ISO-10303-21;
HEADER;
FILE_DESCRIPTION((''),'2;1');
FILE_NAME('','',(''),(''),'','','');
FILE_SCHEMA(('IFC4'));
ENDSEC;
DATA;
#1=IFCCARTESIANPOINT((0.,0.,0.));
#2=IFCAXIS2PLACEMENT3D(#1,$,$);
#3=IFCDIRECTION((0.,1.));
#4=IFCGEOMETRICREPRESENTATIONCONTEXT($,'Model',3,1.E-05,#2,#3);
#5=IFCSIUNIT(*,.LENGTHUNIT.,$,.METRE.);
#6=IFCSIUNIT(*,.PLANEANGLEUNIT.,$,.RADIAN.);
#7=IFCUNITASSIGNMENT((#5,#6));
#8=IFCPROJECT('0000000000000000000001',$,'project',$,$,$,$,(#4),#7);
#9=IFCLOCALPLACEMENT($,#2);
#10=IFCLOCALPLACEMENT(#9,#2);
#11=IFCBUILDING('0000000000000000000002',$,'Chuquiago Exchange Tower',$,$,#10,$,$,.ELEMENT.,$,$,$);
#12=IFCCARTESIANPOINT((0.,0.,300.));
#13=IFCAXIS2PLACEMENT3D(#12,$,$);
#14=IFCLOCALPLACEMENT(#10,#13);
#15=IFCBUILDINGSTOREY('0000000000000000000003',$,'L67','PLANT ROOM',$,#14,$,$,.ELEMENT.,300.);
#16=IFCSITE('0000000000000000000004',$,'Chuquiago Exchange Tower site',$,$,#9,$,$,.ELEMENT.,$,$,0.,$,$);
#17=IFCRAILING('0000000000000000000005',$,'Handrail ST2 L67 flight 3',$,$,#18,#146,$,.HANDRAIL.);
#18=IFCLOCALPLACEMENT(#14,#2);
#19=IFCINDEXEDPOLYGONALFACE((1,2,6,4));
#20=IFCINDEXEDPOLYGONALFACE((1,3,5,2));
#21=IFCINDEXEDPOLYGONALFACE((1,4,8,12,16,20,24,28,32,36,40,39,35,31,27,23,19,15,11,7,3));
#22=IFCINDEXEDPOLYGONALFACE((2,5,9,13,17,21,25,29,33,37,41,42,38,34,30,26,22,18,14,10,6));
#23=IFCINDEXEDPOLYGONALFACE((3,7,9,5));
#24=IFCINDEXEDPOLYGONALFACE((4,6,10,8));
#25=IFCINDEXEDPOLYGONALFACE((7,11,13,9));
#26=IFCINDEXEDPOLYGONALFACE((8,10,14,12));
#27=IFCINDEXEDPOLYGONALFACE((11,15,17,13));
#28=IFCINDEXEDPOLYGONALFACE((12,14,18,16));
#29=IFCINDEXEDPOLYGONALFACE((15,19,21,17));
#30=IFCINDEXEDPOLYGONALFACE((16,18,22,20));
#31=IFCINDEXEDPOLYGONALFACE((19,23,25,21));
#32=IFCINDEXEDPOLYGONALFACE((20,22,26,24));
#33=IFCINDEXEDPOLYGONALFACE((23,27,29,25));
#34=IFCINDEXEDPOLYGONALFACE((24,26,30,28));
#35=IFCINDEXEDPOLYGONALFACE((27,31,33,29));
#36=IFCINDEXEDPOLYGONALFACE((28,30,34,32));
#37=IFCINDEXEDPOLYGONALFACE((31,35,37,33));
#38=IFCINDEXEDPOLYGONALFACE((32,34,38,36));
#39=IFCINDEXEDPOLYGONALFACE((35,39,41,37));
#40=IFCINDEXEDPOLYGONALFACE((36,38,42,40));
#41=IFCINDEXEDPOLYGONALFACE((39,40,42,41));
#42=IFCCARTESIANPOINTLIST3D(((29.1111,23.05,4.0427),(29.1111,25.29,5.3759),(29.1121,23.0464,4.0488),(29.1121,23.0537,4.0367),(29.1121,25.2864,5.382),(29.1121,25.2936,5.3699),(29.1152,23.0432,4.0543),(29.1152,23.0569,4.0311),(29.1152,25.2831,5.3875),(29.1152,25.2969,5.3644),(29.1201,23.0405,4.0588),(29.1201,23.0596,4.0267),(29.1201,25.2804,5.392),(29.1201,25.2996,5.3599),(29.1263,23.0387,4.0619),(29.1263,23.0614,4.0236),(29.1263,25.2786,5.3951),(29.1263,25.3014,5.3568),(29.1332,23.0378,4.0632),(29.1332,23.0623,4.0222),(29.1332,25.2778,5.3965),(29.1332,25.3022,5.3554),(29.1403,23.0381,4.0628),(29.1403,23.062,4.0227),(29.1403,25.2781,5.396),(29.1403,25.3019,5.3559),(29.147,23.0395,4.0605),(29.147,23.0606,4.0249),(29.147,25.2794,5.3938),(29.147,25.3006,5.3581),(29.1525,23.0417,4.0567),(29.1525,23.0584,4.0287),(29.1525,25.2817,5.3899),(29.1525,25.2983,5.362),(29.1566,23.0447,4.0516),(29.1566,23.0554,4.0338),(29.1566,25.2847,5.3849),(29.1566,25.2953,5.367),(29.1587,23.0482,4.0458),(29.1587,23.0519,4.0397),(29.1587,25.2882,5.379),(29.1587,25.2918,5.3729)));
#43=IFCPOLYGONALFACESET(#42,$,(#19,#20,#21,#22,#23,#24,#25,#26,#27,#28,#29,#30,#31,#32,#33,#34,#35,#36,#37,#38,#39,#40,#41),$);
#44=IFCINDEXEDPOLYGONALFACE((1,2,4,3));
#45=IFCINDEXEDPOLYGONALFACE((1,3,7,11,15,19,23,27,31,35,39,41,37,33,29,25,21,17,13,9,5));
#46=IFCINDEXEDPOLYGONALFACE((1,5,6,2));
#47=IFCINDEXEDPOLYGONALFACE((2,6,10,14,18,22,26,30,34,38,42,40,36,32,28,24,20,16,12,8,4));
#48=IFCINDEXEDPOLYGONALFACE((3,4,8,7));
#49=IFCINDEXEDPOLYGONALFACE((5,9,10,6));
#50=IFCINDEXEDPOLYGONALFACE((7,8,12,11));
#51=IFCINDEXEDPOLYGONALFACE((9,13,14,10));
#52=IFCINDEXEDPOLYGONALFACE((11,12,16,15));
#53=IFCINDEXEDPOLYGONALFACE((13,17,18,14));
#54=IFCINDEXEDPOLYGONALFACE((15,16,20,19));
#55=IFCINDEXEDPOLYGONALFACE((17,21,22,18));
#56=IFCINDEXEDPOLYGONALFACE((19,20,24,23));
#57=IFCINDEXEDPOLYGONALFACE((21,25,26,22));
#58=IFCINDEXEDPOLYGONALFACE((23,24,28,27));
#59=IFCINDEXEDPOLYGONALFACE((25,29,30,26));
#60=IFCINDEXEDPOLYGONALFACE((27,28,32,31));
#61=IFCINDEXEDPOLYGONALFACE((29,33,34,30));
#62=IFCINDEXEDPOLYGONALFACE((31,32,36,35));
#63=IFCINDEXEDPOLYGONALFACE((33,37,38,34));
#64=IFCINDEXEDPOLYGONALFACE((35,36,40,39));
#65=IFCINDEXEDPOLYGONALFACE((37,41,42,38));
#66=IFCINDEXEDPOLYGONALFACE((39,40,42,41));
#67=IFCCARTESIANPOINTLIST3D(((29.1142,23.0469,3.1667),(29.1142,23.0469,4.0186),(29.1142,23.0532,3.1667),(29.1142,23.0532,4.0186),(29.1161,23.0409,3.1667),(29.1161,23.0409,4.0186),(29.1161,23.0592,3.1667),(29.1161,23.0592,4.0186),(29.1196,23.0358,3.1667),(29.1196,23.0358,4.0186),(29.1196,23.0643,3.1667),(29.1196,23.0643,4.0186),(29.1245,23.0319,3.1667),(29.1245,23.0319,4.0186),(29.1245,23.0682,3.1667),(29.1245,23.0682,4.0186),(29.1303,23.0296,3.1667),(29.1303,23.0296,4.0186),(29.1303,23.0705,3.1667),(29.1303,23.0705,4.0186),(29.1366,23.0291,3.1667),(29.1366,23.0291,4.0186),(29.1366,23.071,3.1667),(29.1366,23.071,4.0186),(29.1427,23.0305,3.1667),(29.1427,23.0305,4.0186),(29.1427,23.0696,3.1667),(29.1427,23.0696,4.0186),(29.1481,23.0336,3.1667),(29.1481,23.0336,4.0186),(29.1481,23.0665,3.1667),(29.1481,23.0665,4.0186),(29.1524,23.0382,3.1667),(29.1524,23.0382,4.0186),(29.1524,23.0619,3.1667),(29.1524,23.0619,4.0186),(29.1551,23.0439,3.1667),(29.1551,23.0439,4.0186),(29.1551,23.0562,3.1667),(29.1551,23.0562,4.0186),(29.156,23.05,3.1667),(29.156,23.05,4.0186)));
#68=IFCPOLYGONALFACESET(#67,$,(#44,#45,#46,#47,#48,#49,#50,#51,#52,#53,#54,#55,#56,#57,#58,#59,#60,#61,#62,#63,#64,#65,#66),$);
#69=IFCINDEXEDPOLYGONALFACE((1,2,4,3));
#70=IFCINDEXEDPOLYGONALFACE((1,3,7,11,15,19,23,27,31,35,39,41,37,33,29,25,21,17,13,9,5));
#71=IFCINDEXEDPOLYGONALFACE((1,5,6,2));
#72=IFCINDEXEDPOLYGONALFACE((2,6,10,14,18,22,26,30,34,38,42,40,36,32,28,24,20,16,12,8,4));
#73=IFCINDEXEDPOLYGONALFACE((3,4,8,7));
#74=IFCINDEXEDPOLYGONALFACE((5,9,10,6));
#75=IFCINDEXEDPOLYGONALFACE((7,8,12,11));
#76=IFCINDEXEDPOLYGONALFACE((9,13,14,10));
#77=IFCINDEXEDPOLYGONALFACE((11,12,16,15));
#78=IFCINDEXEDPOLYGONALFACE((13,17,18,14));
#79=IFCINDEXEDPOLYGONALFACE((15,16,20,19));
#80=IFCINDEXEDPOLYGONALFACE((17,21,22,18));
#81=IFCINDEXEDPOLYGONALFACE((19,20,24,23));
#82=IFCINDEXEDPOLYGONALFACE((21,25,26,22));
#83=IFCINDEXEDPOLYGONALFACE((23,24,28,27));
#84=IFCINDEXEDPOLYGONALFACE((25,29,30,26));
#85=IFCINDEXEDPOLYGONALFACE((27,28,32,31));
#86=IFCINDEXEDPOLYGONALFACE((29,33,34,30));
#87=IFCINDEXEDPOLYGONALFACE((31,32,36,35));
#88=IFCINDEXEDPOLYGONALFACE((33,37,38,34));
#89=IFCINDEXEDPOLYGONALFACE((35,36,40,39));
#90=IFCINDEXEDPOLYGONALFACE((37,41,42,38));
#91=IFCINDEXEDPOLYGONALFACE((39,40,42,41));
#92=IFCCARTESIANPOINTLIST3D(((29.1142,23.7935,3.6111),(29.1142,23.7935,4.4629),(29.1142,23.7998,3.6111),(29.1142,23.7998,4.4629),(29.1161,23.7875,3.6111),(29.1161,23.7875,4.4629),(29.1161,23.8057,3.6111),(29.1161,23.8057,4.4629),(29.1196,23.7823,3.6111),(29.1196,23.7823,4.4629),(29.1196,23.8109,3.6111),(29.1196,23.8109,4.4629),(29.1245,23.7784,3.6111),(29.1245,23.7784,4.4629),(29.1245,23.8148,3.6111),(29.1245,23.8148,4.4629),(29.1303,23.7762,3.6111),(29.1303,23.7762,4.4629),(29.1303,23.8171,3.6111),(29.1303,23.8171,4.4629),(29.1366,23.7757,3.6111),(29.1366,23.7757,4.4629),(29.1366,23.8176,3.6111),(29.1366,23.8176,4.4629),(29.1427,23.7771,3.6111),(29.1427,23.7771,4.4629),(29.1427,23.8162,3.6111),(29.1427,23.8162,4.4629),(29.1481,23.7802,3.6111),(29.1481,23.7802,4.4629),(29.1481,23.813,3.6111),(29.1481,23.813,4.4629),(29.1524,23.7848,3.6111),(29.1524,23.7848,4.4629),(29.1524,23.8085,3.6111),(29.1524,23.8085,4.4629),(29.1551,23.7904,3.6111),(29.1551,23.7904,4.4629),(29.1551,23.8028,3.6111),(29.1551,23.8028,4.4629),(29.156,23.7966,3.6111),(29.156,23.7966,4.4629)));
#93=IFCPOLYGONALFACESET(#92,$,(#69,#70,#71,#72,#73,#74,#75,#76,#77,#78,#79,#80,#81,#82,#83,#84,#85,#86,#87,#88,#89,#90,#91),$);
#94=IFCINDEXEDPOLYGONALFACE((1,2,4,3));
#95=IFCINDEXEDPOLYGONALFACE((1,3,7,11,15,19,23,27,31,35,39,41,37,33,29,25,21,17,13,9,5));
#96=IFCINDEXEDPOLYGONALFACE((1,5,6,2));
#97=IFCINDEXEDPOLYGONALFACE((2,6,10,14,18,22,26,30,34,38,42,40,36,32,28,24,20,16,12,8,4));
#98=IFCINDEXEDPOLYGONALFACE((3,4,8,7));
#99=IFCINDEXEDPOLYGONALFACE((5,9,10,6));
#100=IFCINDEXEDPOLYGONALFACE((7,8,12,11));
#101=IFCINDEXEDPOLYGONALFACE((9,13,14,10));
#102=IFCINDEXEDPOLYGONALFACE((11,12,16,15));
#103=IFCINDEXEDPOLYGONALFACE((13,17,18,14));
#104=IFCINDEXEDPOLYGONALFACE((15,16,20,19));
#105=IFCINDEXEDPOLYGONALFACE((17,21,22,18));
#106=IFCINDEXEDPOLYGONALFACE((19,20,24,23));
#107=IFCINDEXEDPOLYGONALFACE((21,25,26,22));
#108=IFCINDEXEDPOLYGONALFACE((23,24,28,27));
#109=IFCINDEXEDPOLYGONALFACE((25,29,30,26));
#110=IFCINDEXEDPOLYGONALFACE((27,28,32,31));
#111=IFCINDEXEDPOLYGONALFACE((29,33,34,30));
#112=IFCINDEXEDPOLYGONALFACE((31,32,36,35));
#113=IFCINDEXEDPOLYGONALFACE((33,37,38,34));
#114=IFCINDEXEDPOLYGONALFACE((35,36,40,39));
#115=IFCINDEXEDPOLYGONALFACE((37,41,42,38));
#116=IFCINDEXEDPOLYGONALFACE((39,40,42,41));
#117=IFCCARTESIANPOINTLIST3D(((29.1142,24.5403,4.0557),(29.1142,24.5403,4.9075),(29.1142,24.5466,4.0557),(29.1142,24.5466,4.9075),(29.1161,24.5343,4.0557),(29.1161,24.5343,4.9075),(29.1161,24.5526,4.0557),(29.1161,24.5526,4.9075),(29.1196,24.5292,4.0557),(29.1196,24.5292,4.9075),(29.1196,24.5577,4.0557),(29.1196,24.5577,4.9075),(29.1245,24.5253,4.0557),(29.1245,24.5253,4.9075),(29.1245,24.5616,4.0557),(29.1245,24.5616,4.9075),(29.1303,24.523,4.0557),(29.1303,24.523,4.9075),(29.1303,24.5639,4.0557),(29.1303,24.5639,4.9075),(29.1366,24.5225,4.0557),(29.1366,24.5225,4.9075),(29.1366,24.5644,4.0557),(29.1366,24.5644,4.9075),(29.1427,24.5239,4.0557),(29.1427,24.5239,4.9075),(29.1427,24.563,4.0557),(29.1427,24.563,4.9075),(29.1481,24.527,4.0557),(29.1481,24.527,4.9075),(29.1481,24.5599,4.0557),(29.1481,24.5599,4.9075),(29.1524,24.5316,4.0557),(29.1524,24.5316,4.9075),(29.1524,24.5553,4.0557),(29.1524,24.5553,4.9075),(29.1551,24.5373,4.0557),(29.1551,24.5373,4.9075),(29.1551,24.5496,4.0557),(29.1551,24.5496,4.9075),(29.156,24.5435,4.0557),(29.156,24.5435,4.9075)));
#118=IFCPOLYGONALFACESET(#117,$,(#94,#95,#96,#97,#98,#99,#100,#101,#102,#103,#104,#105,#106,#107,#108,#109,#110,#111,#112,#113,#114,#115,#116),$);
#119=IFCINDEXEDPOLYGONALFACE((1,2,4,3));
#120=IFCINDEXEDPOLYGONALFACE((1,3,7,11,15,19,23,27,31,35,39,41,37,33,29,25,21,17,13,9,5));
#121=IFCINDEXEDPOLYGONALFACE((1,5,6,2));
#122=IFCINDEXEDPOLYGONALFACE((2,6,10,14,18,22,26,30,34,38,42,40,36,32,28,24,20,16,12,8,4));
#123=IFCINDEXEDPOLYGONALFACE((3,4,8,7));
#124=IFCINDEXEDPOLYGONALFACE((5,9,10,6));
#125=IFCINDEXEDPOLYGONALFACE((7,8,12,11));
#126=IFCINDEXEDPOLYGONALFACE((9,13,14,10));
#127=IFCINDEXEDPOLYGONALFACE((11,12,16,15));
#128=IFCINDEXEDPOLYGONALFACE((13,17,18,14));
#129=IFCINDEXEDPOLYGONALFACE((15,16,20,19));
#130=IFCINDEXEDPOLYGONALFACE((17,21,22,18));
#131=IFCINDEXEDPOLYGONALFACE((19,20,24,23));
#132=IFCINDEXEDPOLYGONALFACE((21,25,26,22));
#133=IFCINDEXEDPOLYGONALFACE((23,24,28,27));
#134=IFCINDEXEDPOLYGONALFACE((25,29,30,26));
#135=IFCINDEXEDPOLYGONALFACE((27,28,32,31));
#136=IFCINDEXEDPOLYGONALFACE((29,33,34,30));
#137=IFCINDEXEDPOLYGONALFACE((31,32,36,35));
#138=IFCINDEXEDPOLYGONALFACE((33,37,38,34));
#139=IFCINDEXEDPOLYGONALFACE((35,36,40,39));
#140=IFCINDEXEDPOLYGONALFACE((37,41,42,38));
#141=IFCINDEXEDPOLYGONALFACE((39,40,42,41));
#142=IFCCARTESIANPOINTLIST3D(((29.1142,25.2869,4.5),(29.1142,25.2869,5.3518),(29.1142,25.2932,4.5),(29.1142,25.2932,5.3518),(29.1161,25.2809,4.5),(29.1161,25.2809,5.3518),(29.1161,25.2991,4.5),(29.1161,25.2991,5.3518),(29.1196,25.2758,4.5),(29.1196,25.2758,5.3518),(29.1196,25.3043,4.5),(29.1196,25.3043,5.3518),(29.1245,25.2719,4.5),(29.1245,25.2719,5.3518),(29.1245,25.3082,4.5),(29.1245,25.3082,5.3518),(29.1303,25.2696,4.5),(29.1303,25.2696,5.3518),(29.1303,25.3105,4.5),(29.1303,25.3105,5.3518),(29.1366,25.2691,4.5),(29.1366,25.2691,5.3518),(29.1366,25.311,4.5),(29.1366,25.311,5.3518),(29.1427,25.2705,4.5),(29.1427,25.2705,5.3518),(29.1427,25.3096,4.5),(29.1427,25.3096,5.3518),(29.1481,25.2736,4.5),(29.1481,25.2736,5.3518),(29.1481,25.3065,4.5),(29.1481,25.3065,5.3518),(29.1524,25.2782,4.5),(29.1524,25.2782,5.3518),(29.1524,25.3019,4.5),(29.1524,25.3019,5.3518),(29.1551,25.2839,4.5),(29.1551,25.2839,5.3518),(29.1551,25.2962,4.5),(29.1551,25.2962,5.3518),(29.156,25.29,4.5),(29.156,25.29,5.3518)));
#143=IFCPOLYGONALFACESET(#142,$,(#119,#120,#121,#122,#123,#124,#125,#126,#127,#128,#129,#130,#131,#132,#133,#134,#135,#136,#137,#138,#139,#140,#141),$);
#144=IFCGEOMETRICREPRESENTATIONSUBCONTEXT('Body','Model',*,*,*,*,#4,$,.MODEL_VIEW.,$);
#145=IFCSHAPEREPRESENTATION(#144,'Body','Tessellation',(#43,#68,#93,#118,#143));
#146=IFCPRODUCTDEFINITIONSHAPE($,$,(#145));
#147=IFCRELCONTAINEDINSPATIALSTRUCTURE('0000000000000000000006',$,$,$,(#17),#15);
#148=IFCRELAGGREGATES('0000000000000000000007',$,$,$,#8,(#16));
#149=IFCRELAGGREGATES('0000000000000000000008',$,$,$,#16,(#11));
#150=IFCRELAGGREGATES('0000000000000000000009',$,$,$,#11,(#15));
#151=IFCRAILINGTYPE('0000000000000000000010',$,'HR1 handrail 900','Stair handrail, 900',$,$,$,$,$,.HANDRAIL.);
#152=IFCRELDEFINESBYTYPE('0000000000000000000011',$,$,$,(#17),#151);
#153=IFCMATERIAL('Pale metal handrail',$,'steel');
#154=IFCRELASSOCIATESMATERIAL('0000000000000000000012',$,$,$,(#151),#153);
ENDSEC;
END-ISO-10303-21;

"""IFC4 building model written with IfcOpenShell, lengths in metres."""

from ifc_helpers import new_model, si_unit, direction, frame, origin, origin_2d, place, context, subcontext, project, spatial, circle, extrude, material, type_object, element, save


model = new_model("IFC4")

# Units and contexts
model_context = context("Model", 3, precision=1e-05, world=origin(), true_north=direction((0.0, 1.0)))
body_context = subcontext(model_context, "Body", "Model", "MODEL_VIEW")
ifc_project = project(units=[si_unit("LENGTHUNIT", "METRE"), si_unit("PLANEANGLEUNIT", "RADIAN")], contexts=[model_context])

# Site, building, storey
site_placement = place(None, origin())
site = spatial("IfcSite", under=ifc_project, at=site_placement, Name="Chuquiago Exchange Tower site", CompositionType="ELEMENT", RefElevation=0.0)
building_placement = place(site_placement, origin())
building = spatial("IfcBuilding", under=site, at=building_placement, Name="Chuquiago Exchange Tower", CompositionType="ELEMENT")
storey_placement = place(building_placement, frame((0.0, 0.0, 300.0)))
storey = spatial("IfcBuildingStorey", under=building, at=storey_placement, Name="L67", Description="PLANT ROOM", CompositionType="ELEMENT", Elevation=300.0)

# Railing
ifc_material_1 = material(Name="Pale metal handrail", Category="steel")
railing_type_1 = type_object("IfcRailingType", Name="HR1 handrail 900", Description="Stair handrail, 900", PredefinedType="HANDRAIL", material=ifc_material_1)
for number, where, name in (
    (1, (29.135, 23.05, 3.1667), "Handrail ST2 L67 flight 3"),
):
    element("IfcRailing", number, at=place(storey_placement, frame(where)), inside=storey, type_object=railing_type_1, Name=name, PredefinedType="HANDRAIL", context=body_context, shape_type="SweptSolid", body=[
        extrude(circle(Radius=0.0239, at=origin_2d()), frame((0.0, 0.0, 0.876), z_axis=(0.0, 0.859306, 0.511462), x_axis=(-1.0, 0.0, 0.0)), (0.0, 0.0, 1.0), 2.6067),
        extrude(circle(Radius=0.021, at=origin_2d()), origin(), (0.0, 0.0, 1.0), 0.8518),
        extrude(circle(Radius=0.021, at=origin_2d()), frame((0.0, 0.7466, 0.4443)), (0.0, 0.0, 1.0), 0.8518),
        extrude(circle(Radius=0.021, at=origin_2d()), frame((0.0, 1.4934, 0.8889)), (0.0, 0.0, 1.0), 0.8518),
        extrude(circle(Radius=0.021, at=origin_2d()), frame((0.0, 2.24, 1.3333)), (0.0, 0.0, 1.0), 0.8518),
    ])

save(model, "model.ifc")
